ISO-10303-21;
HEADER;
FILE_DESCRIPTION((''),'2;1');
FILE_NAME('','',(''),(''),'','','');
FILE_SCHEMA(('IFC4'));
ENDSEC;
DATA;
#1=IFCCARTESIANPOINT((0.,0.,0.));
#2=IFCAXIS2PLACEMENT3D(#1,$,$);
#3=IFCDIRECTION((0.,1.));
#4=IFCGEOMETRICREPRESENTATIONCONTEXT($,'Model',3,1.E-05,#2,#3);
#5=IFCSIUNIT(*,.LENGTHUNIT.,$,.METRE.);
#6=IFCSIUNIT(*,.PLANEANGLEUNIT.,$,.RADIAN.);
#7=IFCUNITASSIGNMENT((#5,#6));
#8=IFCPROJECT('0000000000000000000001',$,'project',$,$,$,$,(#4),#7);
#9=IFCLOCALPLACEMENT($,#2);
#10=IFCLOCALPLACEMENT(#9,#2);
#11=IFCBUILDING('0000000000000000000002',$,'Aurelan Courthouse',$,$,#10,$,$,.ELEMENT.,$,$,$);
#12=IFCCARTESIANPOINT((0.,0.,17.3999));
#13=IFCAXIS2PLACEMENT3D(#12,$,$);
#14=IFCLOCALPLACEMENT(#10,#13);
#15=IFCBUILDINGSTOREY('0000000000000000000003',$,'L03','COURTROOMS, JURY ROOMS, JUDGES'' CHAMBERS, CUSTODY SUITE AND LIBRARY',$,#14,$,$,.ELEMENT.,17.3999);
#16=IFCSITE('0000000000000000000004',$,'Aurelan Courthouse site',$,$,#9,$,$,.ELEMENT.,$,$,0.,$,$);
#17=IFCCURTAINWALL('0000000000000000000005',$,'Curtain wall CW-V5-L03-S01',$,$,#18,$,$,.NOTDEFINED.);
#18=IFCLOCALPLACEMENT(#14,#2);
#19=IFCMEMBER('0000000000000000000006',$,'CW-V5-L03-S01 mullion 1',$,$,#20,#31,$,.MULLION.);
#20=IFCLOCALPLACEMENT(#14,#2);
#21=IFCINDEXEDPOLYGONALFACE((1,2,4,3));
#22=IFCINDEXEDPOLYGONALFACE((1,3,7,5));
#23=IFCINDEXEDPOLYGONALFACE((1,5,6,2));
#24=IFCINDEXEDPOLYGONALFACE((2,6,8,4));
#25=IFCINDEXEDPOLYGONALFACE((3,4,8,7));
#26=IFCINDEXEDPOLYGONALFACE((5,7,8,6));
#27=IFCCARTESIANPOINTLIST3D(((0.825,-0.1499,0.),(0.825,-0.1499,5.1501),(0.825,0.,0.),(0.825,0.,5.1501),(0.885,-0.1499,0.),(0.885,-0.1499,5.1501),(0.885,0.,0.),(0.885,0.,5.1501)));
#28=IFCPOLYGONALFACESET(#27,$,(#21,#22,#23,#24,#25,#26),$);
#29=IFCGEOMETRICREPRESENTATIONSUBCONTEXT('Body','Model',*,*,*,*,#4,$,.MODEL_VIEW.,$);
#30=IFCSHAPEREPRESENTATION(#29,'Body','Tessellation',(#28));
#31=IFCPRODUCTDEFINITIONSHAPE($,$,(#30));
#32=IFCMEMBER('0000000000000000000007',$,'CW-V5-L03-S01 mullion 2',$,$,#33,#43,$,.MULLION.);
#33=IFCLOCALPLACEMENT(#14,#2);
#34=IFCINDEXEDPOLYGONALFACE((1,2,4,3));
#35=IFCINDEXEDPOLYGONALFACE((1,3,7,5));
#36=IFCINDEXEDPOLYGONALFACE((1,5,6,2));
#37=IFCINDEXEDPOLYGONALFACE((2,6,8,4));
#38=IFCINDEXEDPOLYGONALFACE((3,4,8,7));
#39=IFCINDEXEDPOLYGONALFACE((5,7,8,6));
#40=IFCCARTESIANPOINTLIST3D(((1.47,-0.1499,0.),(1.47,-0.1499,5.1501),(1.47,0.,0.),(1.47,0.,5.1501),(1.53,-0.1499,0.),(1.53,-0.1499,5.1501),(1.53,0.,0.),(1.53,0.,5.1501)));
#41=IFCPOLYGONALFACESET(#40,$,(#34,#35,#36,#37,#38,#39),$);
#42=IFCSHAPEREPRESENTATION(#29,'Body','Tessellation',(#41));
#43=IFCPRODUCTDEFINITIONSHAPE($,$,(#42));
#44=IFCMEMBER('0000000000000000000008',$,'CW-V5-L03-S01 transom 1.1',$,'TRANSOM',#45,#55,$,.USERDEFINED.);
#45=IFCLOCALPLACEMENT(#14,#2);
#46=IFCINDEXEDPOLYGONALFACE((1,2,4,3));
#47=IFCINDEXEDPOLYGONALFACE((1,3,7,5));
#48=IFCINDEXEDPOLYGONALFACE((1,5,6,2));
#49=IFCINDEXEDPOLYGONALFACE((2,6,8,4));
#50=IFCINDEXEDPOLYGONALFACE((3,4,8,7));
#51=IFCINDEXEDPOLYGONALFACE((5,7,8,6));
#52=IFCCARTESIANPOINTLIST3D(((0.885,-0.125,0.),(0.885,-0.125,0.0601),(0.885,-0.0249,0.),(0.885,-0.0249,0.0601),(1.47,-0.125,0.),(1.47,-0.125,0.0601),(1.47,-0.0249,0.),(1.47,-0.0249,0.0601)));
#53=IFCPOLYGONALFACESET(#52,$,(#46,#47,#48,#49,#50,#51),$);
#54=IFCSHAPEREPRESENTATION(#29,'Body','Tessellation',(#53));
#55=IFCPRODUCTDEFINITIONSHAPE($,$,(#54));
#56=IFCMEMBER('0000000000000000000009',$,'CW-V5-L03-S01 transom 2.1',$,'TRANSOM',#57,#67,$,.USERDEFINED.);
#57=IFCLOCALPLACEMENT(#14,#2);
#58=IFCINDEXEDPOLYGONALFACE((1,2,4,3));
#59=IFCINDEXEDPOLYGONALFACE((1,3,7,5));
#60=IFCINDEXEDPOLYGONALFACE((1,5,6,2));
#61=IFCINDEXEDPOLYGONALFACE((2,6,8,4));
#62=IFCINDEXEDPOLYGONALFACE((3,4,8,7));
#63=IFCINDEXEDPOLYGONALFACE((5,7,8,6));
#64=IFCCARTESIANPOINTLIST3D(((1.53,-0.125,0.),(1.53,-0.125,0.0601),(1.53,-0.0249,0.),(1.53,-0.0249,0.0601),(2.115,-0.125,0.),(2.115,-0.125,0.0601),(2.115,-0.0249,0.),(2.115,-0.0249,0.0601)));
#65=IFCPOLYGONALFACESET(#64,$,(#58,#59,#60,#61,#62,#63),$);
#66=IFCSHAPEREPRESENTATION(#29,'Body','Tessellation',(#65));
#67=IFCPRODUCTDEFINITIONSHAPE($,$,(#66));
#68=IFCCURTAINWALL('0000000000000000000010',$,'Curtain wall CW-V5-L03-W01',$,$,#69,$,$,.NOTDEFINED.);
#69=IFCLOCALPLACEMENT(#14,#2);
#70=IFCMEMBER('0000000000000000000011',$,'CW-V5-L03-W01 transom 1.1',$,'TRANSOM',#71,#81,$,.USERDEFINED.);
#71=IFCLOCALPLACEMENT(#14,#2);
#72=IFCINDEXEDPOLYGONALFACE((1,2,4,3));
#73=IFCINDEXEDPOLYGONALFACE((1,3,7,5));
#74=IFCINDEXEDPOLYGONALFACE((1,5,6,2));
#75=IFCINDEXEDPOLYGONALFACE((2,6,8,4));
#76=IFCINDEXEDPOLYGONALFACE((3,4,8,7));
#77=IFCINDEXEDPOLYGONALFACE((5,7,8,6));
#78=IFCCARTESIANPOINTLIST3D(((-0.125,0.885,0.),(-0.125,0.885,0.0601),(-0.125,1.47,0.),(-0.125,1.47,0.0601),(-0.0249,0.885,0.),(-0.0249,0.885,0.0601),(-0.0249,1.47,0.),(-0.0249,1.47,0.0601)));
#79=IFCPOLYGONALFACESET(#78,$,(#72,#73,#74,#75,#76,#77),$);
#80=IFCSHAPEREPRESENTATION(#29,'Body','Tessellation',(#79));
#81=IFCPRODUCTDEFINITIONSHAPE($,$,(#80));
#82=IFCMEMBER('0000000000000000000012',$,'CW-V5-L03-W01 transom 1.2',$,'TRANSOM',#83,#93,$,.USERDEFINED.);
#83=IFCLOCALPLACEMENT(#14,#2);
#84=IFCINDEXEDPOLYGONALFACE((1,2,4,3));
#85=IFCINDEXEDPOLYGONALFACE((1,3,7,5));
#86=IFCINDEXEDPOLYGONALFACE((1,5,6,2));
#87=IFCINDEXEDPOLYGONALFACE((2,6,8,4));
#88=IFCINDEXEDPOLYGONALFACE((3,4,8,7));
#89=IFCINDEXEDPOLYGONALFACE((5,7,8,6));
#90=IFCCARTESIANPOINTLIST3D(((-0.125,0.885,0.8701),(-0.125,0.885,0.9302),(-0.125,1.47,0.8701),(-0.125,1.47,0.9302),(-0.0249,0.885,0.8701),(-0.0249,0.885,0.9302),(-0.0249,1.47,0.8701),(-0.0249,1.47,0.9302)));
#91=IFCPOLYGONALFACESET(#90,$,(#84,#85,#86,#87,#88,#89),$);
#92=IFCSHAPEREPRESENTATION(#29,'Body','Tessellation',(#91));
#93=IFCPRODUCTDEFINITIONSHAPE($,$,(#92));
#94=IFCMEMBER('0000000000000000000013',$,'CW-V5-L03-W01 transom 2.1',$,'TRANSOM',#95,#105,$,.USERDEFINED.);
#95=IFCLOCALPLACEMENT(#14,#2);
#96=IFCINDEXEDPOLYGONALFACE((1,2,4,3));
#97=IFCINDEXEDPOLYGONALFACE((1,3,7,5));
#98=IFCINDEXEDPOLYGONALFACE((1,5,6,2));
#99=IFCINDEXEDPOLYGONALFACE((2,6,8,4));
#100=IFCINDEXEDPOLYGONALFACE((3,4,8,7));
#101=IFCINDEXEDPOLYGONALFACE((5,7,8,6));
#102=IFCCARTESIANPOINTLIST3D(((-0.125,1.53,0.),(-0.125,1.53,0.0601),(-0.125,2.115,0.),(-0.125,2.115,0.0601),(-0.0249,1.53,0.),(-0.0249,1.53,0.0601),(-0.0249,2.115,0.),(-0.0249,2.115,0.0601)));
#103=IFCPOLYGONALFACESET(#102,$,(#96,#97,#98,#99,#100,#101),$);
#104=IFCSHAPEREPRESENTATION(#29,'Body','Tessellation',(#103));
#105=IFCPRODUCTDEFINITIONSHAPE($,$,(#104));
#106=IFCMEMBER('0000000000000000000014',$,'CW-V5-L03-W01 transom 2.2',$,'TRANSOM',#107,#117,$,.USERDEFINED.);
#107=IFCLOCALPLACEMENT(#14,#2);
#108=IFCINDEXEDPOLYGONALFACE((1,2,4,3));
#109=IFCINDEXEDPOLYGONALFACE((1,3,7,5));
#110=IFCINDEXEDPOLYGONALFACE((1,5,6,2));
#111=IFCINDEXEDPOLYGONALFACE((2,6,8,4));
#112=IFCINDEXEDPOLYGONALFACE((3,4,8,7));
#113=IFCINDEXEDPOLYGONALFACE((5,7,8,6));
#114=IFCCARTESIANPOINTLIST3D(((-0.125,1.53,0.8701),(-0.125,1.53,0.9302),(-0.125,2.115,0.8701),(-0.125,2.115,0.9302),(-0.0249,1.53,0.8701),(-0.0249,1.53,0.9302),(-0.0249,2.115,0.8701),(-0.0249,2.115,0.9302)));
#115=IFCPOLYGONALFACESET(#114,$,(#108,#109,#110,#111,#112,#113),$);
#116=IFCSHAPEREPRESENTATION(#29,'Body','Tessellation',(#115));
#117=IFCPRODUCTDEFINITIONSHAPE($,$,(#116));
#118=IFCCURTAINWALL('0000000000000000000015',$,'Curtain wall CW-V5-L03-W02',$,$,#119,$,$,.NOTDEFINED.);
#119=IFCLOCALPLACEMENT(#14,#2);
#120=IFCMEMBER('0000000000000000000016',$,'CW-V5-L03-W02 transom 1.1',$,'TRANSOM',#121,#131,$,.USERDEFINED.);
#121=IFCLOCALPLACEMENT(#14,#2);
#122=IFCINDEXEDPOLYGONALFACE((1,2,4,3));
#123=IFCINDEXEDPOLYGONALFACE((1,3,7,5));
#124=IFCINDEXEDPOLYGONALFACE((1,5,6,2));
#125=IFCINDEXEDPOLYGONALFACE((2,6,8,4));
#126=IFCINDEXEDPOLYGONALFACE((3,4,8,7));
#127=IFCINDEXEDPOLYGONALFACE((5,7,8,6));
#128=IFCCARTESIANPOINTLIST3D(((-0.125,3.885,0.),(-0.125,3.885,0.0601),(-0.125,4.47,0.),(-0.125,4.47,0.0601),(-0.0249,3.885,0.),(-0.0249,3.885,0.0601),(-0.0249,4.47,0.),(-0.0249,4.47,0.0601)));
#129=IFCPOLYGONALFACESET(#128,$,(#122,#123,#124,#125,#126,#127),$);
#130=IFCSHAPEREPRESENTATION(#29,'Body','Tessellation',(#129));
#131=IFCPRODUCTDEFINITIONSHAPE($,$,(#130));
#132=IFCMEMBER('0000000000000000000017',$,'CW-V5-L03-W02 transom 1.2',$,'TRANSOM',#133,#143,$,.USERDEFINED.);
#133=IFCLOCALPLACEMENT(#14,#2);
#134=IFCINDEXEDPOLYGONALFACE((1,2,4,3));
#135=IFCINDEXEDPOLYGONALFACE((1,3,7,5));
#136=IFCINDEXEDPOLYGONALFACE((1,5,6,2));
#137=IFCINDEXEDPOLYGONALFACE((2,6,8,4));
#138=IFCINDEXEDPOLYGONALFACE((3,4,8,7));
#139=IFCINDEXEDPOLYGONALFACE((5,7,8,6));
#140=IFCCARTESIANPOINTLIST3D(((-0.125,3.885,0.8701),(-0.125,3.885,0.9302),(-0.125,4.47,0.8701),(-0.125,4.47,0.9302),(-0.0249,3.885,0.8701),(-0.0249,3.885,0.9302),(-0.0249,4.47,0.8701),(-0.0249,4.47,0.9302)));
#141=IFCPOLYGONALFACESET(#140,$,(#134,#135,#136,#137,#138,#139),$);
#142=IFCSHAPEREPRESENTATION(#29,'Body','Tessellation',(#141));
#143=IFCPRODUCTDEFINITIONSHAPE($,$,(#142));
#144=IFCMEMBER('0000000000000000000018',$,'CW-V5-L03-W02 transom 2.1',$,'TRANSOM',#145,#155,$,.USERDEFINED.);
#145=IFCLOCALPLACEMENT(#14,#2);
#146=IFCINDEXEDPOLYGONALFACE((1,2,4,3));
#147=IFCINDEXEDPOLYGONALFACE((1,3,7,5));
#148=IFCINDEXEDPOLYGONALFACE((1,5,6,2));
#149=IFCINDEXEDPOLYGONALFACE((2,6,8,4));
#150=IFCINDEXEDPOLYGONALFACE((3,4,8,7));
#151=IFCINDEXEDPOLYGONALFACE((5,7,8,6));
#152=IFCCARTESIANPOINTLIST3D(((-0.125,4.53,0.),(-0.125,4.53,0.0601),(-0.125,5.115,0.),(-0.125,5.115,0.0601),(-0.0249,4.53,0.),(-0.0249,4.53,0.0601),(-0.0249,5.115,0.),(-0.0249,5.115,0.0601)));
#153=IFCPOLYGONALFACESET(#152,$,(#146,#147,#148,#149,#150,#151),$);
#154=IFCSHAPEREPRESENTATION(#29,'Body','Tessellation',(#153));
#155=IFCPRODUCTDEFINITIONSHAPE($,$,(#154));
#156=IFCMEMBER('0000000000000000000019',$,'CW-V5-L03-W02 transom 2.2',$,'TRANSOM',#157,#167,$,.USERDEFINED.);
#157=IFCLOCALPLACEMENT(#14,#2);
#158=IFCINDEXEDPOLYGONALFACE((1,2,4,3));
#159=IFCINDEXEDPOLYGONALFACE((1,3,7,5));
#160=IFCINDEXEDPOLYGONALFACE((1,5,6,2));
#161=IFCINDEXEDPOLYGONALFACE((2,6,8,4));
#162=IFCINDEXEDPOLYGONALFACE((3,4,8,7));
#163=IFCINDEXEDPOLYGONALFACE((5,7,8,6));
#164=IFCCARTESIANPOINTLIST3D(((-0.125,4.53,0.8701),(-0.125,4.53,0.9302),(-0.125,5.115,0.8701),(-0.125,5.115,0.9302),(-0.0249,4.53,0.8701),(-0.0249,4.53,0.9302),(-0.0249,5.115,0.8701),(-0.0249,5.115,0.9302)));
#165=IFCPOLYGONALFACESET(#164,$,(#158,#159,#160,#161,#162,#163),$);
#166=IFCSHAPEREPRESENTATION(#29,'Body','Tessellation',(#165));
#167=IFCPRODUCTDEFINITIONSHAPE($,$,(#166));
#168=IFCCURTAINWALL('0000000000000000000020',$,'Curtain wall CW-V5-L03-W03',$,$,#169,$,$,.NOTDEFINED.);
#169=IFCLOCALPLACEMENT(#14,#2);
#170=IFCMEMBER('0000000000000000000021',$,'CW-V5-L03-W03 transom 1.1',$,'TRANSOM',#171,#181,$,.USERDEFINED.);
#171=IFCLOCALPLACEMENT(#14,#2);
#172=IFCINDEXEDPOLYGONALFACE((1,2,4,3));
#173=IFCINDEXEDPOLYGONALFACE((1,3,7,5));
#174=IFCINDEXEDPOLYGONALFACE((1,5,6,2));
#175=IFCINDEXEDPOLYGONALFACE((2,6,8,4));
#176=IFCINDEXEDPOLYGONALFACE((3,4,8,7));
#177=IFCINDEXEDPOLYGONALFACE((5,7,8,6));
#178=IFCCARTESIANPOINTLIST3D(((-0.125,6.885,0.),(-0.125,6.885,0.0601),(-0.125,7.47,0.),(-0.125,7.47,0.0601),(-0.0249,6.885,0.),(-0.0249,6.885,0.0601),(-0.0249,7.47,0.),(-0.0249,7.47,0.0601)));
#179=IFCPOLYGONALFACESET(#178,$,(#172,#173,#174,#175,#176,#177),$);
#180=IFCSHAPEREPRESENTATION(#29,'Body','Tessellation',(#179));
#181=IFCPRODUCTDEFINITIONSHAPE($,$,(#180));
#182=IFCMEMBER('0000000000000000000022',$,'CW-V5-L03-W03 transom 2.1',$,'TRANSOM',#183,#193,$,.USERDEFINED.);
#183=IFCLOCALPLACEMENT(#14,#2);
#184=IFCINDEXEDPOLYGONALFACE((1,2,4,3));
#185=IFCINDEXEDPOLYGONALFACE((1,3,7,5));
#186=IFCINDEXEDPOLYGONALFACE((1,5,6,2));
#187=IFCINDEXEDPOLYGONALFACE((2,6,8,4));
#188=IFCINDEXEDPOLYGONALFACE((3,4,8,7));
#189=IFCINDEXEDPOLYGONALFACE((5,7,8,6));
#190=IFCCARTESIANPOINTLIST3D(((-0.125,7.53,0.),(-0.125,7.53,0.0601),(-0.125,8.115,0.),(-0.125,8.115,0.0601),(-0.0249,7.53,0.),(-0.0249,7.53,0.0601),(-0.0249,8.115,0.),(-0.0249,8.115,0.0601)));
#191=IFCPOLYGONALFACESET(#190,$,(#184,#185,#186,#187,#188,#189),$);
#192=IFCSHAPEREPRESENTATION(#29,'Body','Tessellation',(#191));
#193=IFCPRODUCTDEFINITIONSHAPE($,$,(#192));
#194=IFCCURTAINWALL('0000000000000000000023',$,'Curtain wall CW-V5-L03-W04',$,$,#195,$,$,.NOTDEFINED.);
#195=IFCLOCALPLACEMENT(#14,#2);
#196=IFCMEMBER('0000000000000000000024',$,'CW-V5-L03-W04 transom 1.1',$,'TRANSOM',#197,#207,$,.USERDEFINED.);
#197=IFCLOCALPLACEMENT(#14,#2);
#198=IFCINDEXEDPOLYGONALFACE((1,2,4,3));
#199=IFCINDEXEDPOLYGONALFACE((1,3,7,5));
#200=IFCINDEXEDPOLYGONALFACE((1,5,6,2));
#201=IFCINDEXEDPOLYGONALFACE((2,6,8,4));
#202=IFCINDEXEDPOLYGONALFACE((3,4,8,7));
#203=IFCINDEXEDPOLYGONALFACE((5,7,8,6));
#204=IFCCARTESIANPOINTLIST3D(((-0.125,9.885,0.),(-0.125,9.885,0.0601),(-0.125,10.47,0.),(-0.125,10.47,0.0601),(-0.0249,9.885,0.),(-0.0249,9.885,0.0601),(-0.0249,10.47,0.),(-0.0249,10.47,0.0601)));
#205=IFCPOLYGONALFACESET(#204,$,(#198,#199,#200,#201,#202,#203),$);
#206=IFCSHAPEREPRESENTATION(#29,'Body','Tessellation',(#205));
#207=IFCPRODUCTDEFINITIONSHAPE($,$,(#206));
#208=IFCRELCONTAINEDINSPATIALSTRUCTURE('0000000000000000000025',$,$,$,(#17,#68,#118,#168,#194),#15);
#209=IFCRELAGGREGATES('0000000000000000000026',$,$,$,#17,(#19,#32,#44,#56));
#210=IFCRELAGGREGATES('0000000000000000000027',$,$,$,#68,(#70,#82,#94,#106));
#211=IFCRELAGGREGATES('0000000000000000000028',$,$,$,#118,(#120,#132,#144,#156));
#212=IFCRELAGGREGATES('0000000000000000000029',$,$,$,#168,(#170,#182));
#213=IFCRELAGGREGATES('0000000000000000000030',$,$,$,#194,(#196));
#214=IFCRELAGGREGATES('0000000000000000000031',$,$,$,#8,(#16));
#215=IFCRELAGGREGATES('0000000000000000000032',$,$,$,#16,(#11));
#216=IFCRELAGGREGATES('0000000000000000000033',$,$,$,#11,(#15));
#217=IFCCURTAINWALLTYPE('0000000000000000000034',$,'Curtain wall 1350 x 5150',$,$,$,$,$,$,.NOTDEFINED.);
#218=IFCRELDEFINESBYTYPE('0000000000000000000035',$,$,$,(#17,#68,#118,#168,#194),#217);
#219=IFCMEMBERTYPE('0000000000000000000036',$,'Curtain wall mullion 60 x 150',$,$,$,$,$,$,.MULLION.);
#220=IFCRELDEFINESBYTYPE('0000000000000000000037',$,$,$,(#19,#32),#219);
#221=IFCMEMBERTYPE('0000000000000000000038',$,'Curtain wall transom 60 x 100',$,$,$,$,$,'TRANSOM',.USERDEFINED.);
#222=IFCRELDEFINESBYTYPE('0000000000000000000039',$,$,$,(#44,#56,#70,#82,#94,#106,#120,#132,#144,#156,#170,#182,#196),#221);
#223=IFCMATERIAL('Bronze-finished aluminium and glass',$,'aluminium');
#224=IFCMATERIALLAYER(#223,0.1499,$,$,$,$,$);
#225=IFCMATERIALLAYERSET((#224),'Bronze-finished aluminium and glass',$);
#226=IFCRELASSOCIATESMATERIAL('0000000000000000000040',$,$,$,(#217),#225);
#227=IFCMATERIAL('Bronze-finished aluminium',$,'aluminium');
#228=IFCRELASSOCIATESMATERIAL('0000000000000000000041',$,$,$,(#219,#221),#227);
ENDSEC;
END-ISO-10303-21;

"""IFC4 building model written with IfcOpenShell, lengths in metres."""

from ifc_helpers import new_model, si_unit, direction, frame, origin, origin_2d, place, context, subcontext, project, spatial, rectangle, extrude, material, layer, layer_set, material_profile, profile_set, type_object, element, aggregate, save


model = new_model("IFC4")

# Units and contexts
model_context = context("Model", 3, precision=1e-05, world=origin(), true_north=direction((0.0, 1.0)))
body_context = subcontext(model_context, "Body", "Model", "MODEL_VIEW")
ifc_project = project(units=[si_unit("LENGTHUNIT", "METRE"), si_unit("PLANEANGLEUNIT", "RADIAN")], contexts=[model_context])

# Site, building, storey
site_placement = place(None, origin())
site = spatial("IfcSite", under=ifc_project, at=site_placement, Name="Aurelan Courthouse site", CompositionType="ELEMENT", RefElevation=0.0)
building_placement = place(site_placement, origin())
building = spatial("IfcBuilding", under=site, at=building_placement, Name="Aurelan Courthouse", CompositionType="ELEMENT")
storey_placement = place(building_placement, frame((0.0, 0.0, 17.3999)))
storey = spatial("IfcBuildingStorey", under=building, at=storey_placement, Name="L03", Description="COURTROOMS, JURY ROOMS, JUDGES' CHAMBERS, CUSTODY SUITE AND LIBRARY", CompositionType="ELEMENT", Elevation=17.3999)

# Curtain walls, members
ifc_material_1 = material(Name="Bronze-finished aluminium and glass", Category="aluminium")
ifc_layer_1 = layer(ifc_material_1, 0.1499)
ifc_layer_set_1 = layer_set([ifc_layer_1], Name="Bronze-finished aluminium and glass")
curtain_wall_type = type_object("IfcCurtainWallType", Name="Curtain wall 1350 x 5150", PredefinedType="NOTDEFINED", material=ifc_layer_set_1)
curtain_wall_1_placement = place(storey_placement, origin())
curtain_wall_1 = element("IfcCurtainWall", 1, at=curtain_wall_1_placement, inside=storey, type_object=curtain_wall_type, Name="Curtain wall CW-V5-L03-S01", PredefinedType="NOTDEFINED")
ifc_material_2 = material(Name="Bronze-finished aluminium", Category="aluminium")
ifc_material_profile_1 = material_profile(ifc_material_2, rectangle(XDim=0.1499, YDim=0.0601, at=origin_2d()), Name="Bronze mullion 60 x 150")
ifc_profile_set_1 = profile_set([ifc_material_profile_1], Name="Bronze-finished aluminium")
member_type_1 = type_object("IfcMemberType", Name="Curtain wall mullion 60 x 150", PredefinedType="MULLION", material=ifc_profile_set_1)
member_1_placement = place(storey_placement, frame((0.855, -0.075, 0.0), z_axis=(0.0, 0.0, 1.0), x_axis=(0.0, 1.0, 0.0)))
member_1 = element("IfcMember", 2, at=member_1_placement, type_object=member_type_1, Name="CW-V5-L03-S01 mullion 1", PredefinedType="MULLION", context=body_context, shape_type="SweptSolid", body=[
    extrude(rectangle(XDim=0.1499, YDim=0.0601, at=origin_2d()), origin(), (0.0, 0.0, 1.0), 5.1501),
])
member_2_placement = place(storey_placement, frame((1.5, -0.075, 0.0), z_axis=(0.0, 0.0, 1.0), x_axis=(0.0, 1.0, 0.0)))
member_2 = element("IfcMember", 3, at=member_2_placement, type_object=member_type_1, Name="CW-V5-L03-S01 mullion 2", PredefinedType="MULLION", context=body_context, shape_type="SweptSolid", body=[
    extrude(rectangle(XDim=0.1499, YDim=0.0601, at=origin_2d()), origin(), (0.0, 0.0, 1.0), 5.1501),
])
ifc_material_profile_2 = material_profile(ifc_material_2, rectangle(XDim=0.1001, YDim=0.0601, at=origin_2d()), Name="Bronze transom 60 x 100")
ifc_profile_set_2 = profile_set([ifc_material_profile_2], Name="Bronze-finished aluminium")
member_type_2 = type_object("IfcMemberType", Name="Curtain wall transom 60 x 100", ElementType="TRANSOM", PredefinedType="USERDEFINED", material=ifc_profile_set_2)
member_3_placement = place(storey_placement, frame((0.885, -0.075, 0.03), z_axis=(1.0, 0.0, 0.0), x_axis=(0.0, 1.0, 0.0)))
member_3 = element("IfcMember", 4, at=member_3_placement, type_object=member_type_2, Name="CW-V5-L03-S01 transom 1.1", ObjectType="TRANSOM", PredefinedType="USERDEFINED", context=body_context, shape_type="SweptSolid", body=[
    extrude(rectangle(XDim=0.1001, YDim=0.0601, at=origin_2d()), origin(), (0.0, 0.0, 1.0), 0.585),
])
member_4_placement = place(storey_placement, frame((1.53, -0.075, 0.03), z_axis=(1.0, 0.0, 0.0), x_axis=(0.0, 1.0, 0.0)))
member_4 = element("IfcMember", 5, at=member_4_placement, type_object=member_type_2, Name="CW-V5-L03-S01 transom 2.1", ObjectType="TRANSOM", PredefinedType="USERDEFINED", context=body_context, shape_type="SweptSolid", body=[
    extrude(rectangle(XDim=0.1001, YDim=0.0601, at=origin_2d()), origin(), (0.0, 0.0, 1.0), 0.585),
])
curtain_wall_2_placement = place(storey_placement, origin())
curtain_wall_2 = element("IfcCurtainWall", 6, at=curtain_wall_2_placement, inside=storey, type_object=curtain_wall_type, Name="Curtain wall CW-V5-L03-W01", PredefinedType="NOTDEFINED")
member_5_placement = place(storey_placement, frame((-0.075, 0.885, 0.03), z_axis=(0.0, 1.0, 0.0), x_axis=(-1.0, 0.0, 0.0)))
member_5 = element("IfcMember", 7, at=member_5_placement, type_object=member_type_2, Name="CW-V5-L03-W01 transom 1.1", ObjectType="TRANSOM", PredefinedType="USERDEFINED", context=body_context, shape_type="SweptSolid", body=[
    extrude(rectangle(XDim=0.1001, YDim=0.0601, at=origin_2d()), origin(), (0.0, 0.0, 1.0), 0.585),
])
member_6_placement = place(storey_placement, frame((-0.075, 0.885, 0.9001), z_axis=(0.0, 1.0, 0.0), x_axis=(-1.0, 0.0, 0.0)))
member_6 = element("IfcMember", 8, at=member_6_placement, type_object=member_type_2, Name="CW-V5-L03-W01 transom 1.2", ObjectType="TRANSOM", PredefinedType="USERDEFINED", context=body_context, shape_type="SweptSolid", body=[
    extrude(rectangle(XDim=0.1001, YDim=0.0601, at=origin_2d()), origin(), (0.0, 0.0, 1.0), 0.585),
])
member_7_placement = place(storey_placement, frame((-0.075, 1.53, 0.03), z_axis=(0.0, 1.0, 0.0), x_axis=(-1.0, 0.0, 0.0)))
member_7 = element("IfcMember", 9, at=member_7_placement, type_object=member_type_2, Name="CW-V5-L03-W01 transom 2.1", ObjectType="TRANSOM", PredefinedType="USERDEFINED", context=body_context, shape_type="SweptSolid", body=[
    extrude(rectangle(XDim=0.1001, YDim=0.0601, at=origin_2d()), origin(), (0.0, 0.0, 1.0), 0.585),
])
member_8_placement = place(storey_placement, frame((-0.075, 1.53, 0.9001), z_axis=(0.0, 1.0, 0.0), x_axis=(-1.0, 0.0, 0.0)))
member_8 = element("IfcMember", 10, at=member_8_placement, type_object=member_type_2, Name="CW-V5-L03-W01 transom 2.2", ObjectType="TRANSOM", PredefinedType="USERDEFINED", context=body_context, shape_type="SweptSolid", body=[
    extrude(rectangle(XDim=0.1001, YDim=0.0601, at=origin_2d()), origin(), (0.0, 0.0, 1.0), 0.585),
])
curtain_wall_3_placement = place(storey_placement, origin())
curtain_wall_3 = element("IfcCurtainWall", 11, at=curtain_wall_3_placement, inside=storey, type_object=curtain_wall_type, Name="Curtain wall CW-V5-L03-W02", PredefinedType="NOTDEFINED")
member_9_placement = place(storey_placement, frame((-0.075, 3.885, 0.03), z_axis=(0.0, 1.0, 0.0), x_axis=(-1.0, 0.0, 0.0)))
member_9 = element("IfcMember", 12, at=member_9_placement, type_object=member_type_2, Name="CW-V5-L03-W02 transom 1.1", ObjectType="TRANSOM", PredefinedType="USERDEFINED", context=body_context, shape_type="SweptSolid", body=[
    extrude(rectangle(XDim=0.1001, YDim=0.0601, at=origin_2d()), origin(), (0.0, 0.0, 1.0), 0.585),
])
member_10_placement = place(storey_placement, frame((-0.075, 3.885, 0.9001), z_axis=(0.0, 1.0, 0.0), x_axis=(-1.0, 0.0, 0.0)))
member_10 = element("IfcMember", 13, at=member_10_placement, type_object=member_type_2, Name="CW-V5-L03-W02 transom 1.2", ObjectType="TRANSOM", PredefinedType="USERDEFINED", context=body_context, shape_type="SweptSolid", body=[
    extrude(rectangle(XDim=0.1001, YDim=0.0601, at=origin_2d()), origin(), (0.0, 0.0, 1.0), 0.585),
])
member_11_placement = place(storey_placement, frame((-0.075, 4.53, 0.03), z_axis=(0.0, 1.0, 0.0), x_axis=(-1.0, 0.0, 0.0)))
member_11 = element("IfcMember", 14, at=member_11_placement, type_object=member_type_2, Name="CW-V5-L03-W02 transom 2.1", ObjectType="TRANSOM", PredefinedType="USERDEFINED", context=body_context, shape_type="SweptSolid", body=[
    extrude(rectangle(XDim=0.1001, YDim=0.0601, at=origin_2d()), origin(), (0.0, 0.0, 1.0), 0.585),
])
member_12_placement = place(storey_placement, frame((-0.075, 4.53, 0.9001), z_axis=(0.0, 1.0, 0.0), x_axis=(-1.0, 0.0, 0.0)))
member_12 = element("IfcMember", 15, at=member_12_placement, type_object=member_type_2, Name="CW-V5-L03-W02 transom 2.2", ObjectType="TRANSOM", PredefinedType="USERDEFINED", context=body_context, shape_type="SweptSolid", body=[
    extrude(rectangle(XDim=0.1001, YDim=0.0601, at=origin_2d()), origin(), (0.0, 0.0, 1.0), 0.585),
])
curtain_wall_4_placement = place(storey_placement, origin())
curtain_wall_4 = element("IfcCurtainWall", 16, at=curtain_wall_4_placement, inside=storey, type_object=curtain_wall_type, Name="Curtain wall CW-V5-L03-W03", PredefinedType="NOTDEFINED")
member_13_placement = place(storey_placement, frame((-0.075, 6.885, 0.03), z_axis=(0.0, 1.0, 0.0), x_axis=(-1.0, 0.0, 0.0)))
member_13 = element("IfcMember", 17, at=member_13_placement, type_object=member_type_2, Name="CW-V5-L03-W03 transom 1.1", ObjectType="TRANSOM", PredefinedType="USERDEFINED", context=body_context, shape_type="SweptSolid", body=[
    extrude(rectangle(XDim=0.1001, YDim=0.0601, at=origin_2d()), origin(), (0.0, 0.0, 1.0), 0.585),
])
member_14_placement = place(storey_placement, frame((-0.075, 7.53, 0.03), z_axis=(0.0, 1.0, 0.0), x_axis=(-1.0, 0.0, 0.0)))
member_14 = element("IfcMember", 18, at=member_14_placement, type_object=member_type_2, Name="CW-V5-L03-W03 transom 2.1", ObjectType="TRANSOM", PredefinedType="USERDEFINED", context=body_context, shape_type="SweptSolid", body=[
    extrude(rectangle(XDim=0.1001, YDim=0.0601, at=origin_2d()), origin(), (0.0, 0.0, 1.0), 0.585),
])
curtain_wall_5_placement = place(storey_placement, origin())
curtain_wall_5 = element("IfcCurtainWall", 19, at=curtain_wall_5_placement, inside=storey, type_object=curtain_wall_type, Name="Curtain wall CW-V5-L03-W04", PredefinedType="NOTDEFINED")
member_15_placement = place(storey_placement, frame((-0.075, 9.885, 0.03), z_axis=(0.0, 1.0, 0.0), x_axis=(-1.0, 0.0, 0.0)))
member_15 = element("IfcMember", 20, at=member_15_placement, type_object=member_type_2, Name="CW-V5-L03-W04 transom 1.1", ObjectType="TRANSOM", PredefinedType="USERDEFINED", context=body_context, shape_type="SweptSolid", body=[
    extrude(rectangle(XDim=0.1001, YDim=0.0601, at=origin_2d()), origin(), (0.0, 0.0, 1.0), 0.585),
])

aggregate(curtain_wall_1, [member_1, member_2, member_3, member_4])
aggregate(curtain_wall_2, [member_5, member_6, member_7, member_8])
aggregate(curtain_wall_3, [member_9, member_10, member_11, member_12])
aggregate(curtain_wall_4, [member_13, member_14])
aggregate(curtain_wall_5, [member_15])

save(model, "model.ifc")
